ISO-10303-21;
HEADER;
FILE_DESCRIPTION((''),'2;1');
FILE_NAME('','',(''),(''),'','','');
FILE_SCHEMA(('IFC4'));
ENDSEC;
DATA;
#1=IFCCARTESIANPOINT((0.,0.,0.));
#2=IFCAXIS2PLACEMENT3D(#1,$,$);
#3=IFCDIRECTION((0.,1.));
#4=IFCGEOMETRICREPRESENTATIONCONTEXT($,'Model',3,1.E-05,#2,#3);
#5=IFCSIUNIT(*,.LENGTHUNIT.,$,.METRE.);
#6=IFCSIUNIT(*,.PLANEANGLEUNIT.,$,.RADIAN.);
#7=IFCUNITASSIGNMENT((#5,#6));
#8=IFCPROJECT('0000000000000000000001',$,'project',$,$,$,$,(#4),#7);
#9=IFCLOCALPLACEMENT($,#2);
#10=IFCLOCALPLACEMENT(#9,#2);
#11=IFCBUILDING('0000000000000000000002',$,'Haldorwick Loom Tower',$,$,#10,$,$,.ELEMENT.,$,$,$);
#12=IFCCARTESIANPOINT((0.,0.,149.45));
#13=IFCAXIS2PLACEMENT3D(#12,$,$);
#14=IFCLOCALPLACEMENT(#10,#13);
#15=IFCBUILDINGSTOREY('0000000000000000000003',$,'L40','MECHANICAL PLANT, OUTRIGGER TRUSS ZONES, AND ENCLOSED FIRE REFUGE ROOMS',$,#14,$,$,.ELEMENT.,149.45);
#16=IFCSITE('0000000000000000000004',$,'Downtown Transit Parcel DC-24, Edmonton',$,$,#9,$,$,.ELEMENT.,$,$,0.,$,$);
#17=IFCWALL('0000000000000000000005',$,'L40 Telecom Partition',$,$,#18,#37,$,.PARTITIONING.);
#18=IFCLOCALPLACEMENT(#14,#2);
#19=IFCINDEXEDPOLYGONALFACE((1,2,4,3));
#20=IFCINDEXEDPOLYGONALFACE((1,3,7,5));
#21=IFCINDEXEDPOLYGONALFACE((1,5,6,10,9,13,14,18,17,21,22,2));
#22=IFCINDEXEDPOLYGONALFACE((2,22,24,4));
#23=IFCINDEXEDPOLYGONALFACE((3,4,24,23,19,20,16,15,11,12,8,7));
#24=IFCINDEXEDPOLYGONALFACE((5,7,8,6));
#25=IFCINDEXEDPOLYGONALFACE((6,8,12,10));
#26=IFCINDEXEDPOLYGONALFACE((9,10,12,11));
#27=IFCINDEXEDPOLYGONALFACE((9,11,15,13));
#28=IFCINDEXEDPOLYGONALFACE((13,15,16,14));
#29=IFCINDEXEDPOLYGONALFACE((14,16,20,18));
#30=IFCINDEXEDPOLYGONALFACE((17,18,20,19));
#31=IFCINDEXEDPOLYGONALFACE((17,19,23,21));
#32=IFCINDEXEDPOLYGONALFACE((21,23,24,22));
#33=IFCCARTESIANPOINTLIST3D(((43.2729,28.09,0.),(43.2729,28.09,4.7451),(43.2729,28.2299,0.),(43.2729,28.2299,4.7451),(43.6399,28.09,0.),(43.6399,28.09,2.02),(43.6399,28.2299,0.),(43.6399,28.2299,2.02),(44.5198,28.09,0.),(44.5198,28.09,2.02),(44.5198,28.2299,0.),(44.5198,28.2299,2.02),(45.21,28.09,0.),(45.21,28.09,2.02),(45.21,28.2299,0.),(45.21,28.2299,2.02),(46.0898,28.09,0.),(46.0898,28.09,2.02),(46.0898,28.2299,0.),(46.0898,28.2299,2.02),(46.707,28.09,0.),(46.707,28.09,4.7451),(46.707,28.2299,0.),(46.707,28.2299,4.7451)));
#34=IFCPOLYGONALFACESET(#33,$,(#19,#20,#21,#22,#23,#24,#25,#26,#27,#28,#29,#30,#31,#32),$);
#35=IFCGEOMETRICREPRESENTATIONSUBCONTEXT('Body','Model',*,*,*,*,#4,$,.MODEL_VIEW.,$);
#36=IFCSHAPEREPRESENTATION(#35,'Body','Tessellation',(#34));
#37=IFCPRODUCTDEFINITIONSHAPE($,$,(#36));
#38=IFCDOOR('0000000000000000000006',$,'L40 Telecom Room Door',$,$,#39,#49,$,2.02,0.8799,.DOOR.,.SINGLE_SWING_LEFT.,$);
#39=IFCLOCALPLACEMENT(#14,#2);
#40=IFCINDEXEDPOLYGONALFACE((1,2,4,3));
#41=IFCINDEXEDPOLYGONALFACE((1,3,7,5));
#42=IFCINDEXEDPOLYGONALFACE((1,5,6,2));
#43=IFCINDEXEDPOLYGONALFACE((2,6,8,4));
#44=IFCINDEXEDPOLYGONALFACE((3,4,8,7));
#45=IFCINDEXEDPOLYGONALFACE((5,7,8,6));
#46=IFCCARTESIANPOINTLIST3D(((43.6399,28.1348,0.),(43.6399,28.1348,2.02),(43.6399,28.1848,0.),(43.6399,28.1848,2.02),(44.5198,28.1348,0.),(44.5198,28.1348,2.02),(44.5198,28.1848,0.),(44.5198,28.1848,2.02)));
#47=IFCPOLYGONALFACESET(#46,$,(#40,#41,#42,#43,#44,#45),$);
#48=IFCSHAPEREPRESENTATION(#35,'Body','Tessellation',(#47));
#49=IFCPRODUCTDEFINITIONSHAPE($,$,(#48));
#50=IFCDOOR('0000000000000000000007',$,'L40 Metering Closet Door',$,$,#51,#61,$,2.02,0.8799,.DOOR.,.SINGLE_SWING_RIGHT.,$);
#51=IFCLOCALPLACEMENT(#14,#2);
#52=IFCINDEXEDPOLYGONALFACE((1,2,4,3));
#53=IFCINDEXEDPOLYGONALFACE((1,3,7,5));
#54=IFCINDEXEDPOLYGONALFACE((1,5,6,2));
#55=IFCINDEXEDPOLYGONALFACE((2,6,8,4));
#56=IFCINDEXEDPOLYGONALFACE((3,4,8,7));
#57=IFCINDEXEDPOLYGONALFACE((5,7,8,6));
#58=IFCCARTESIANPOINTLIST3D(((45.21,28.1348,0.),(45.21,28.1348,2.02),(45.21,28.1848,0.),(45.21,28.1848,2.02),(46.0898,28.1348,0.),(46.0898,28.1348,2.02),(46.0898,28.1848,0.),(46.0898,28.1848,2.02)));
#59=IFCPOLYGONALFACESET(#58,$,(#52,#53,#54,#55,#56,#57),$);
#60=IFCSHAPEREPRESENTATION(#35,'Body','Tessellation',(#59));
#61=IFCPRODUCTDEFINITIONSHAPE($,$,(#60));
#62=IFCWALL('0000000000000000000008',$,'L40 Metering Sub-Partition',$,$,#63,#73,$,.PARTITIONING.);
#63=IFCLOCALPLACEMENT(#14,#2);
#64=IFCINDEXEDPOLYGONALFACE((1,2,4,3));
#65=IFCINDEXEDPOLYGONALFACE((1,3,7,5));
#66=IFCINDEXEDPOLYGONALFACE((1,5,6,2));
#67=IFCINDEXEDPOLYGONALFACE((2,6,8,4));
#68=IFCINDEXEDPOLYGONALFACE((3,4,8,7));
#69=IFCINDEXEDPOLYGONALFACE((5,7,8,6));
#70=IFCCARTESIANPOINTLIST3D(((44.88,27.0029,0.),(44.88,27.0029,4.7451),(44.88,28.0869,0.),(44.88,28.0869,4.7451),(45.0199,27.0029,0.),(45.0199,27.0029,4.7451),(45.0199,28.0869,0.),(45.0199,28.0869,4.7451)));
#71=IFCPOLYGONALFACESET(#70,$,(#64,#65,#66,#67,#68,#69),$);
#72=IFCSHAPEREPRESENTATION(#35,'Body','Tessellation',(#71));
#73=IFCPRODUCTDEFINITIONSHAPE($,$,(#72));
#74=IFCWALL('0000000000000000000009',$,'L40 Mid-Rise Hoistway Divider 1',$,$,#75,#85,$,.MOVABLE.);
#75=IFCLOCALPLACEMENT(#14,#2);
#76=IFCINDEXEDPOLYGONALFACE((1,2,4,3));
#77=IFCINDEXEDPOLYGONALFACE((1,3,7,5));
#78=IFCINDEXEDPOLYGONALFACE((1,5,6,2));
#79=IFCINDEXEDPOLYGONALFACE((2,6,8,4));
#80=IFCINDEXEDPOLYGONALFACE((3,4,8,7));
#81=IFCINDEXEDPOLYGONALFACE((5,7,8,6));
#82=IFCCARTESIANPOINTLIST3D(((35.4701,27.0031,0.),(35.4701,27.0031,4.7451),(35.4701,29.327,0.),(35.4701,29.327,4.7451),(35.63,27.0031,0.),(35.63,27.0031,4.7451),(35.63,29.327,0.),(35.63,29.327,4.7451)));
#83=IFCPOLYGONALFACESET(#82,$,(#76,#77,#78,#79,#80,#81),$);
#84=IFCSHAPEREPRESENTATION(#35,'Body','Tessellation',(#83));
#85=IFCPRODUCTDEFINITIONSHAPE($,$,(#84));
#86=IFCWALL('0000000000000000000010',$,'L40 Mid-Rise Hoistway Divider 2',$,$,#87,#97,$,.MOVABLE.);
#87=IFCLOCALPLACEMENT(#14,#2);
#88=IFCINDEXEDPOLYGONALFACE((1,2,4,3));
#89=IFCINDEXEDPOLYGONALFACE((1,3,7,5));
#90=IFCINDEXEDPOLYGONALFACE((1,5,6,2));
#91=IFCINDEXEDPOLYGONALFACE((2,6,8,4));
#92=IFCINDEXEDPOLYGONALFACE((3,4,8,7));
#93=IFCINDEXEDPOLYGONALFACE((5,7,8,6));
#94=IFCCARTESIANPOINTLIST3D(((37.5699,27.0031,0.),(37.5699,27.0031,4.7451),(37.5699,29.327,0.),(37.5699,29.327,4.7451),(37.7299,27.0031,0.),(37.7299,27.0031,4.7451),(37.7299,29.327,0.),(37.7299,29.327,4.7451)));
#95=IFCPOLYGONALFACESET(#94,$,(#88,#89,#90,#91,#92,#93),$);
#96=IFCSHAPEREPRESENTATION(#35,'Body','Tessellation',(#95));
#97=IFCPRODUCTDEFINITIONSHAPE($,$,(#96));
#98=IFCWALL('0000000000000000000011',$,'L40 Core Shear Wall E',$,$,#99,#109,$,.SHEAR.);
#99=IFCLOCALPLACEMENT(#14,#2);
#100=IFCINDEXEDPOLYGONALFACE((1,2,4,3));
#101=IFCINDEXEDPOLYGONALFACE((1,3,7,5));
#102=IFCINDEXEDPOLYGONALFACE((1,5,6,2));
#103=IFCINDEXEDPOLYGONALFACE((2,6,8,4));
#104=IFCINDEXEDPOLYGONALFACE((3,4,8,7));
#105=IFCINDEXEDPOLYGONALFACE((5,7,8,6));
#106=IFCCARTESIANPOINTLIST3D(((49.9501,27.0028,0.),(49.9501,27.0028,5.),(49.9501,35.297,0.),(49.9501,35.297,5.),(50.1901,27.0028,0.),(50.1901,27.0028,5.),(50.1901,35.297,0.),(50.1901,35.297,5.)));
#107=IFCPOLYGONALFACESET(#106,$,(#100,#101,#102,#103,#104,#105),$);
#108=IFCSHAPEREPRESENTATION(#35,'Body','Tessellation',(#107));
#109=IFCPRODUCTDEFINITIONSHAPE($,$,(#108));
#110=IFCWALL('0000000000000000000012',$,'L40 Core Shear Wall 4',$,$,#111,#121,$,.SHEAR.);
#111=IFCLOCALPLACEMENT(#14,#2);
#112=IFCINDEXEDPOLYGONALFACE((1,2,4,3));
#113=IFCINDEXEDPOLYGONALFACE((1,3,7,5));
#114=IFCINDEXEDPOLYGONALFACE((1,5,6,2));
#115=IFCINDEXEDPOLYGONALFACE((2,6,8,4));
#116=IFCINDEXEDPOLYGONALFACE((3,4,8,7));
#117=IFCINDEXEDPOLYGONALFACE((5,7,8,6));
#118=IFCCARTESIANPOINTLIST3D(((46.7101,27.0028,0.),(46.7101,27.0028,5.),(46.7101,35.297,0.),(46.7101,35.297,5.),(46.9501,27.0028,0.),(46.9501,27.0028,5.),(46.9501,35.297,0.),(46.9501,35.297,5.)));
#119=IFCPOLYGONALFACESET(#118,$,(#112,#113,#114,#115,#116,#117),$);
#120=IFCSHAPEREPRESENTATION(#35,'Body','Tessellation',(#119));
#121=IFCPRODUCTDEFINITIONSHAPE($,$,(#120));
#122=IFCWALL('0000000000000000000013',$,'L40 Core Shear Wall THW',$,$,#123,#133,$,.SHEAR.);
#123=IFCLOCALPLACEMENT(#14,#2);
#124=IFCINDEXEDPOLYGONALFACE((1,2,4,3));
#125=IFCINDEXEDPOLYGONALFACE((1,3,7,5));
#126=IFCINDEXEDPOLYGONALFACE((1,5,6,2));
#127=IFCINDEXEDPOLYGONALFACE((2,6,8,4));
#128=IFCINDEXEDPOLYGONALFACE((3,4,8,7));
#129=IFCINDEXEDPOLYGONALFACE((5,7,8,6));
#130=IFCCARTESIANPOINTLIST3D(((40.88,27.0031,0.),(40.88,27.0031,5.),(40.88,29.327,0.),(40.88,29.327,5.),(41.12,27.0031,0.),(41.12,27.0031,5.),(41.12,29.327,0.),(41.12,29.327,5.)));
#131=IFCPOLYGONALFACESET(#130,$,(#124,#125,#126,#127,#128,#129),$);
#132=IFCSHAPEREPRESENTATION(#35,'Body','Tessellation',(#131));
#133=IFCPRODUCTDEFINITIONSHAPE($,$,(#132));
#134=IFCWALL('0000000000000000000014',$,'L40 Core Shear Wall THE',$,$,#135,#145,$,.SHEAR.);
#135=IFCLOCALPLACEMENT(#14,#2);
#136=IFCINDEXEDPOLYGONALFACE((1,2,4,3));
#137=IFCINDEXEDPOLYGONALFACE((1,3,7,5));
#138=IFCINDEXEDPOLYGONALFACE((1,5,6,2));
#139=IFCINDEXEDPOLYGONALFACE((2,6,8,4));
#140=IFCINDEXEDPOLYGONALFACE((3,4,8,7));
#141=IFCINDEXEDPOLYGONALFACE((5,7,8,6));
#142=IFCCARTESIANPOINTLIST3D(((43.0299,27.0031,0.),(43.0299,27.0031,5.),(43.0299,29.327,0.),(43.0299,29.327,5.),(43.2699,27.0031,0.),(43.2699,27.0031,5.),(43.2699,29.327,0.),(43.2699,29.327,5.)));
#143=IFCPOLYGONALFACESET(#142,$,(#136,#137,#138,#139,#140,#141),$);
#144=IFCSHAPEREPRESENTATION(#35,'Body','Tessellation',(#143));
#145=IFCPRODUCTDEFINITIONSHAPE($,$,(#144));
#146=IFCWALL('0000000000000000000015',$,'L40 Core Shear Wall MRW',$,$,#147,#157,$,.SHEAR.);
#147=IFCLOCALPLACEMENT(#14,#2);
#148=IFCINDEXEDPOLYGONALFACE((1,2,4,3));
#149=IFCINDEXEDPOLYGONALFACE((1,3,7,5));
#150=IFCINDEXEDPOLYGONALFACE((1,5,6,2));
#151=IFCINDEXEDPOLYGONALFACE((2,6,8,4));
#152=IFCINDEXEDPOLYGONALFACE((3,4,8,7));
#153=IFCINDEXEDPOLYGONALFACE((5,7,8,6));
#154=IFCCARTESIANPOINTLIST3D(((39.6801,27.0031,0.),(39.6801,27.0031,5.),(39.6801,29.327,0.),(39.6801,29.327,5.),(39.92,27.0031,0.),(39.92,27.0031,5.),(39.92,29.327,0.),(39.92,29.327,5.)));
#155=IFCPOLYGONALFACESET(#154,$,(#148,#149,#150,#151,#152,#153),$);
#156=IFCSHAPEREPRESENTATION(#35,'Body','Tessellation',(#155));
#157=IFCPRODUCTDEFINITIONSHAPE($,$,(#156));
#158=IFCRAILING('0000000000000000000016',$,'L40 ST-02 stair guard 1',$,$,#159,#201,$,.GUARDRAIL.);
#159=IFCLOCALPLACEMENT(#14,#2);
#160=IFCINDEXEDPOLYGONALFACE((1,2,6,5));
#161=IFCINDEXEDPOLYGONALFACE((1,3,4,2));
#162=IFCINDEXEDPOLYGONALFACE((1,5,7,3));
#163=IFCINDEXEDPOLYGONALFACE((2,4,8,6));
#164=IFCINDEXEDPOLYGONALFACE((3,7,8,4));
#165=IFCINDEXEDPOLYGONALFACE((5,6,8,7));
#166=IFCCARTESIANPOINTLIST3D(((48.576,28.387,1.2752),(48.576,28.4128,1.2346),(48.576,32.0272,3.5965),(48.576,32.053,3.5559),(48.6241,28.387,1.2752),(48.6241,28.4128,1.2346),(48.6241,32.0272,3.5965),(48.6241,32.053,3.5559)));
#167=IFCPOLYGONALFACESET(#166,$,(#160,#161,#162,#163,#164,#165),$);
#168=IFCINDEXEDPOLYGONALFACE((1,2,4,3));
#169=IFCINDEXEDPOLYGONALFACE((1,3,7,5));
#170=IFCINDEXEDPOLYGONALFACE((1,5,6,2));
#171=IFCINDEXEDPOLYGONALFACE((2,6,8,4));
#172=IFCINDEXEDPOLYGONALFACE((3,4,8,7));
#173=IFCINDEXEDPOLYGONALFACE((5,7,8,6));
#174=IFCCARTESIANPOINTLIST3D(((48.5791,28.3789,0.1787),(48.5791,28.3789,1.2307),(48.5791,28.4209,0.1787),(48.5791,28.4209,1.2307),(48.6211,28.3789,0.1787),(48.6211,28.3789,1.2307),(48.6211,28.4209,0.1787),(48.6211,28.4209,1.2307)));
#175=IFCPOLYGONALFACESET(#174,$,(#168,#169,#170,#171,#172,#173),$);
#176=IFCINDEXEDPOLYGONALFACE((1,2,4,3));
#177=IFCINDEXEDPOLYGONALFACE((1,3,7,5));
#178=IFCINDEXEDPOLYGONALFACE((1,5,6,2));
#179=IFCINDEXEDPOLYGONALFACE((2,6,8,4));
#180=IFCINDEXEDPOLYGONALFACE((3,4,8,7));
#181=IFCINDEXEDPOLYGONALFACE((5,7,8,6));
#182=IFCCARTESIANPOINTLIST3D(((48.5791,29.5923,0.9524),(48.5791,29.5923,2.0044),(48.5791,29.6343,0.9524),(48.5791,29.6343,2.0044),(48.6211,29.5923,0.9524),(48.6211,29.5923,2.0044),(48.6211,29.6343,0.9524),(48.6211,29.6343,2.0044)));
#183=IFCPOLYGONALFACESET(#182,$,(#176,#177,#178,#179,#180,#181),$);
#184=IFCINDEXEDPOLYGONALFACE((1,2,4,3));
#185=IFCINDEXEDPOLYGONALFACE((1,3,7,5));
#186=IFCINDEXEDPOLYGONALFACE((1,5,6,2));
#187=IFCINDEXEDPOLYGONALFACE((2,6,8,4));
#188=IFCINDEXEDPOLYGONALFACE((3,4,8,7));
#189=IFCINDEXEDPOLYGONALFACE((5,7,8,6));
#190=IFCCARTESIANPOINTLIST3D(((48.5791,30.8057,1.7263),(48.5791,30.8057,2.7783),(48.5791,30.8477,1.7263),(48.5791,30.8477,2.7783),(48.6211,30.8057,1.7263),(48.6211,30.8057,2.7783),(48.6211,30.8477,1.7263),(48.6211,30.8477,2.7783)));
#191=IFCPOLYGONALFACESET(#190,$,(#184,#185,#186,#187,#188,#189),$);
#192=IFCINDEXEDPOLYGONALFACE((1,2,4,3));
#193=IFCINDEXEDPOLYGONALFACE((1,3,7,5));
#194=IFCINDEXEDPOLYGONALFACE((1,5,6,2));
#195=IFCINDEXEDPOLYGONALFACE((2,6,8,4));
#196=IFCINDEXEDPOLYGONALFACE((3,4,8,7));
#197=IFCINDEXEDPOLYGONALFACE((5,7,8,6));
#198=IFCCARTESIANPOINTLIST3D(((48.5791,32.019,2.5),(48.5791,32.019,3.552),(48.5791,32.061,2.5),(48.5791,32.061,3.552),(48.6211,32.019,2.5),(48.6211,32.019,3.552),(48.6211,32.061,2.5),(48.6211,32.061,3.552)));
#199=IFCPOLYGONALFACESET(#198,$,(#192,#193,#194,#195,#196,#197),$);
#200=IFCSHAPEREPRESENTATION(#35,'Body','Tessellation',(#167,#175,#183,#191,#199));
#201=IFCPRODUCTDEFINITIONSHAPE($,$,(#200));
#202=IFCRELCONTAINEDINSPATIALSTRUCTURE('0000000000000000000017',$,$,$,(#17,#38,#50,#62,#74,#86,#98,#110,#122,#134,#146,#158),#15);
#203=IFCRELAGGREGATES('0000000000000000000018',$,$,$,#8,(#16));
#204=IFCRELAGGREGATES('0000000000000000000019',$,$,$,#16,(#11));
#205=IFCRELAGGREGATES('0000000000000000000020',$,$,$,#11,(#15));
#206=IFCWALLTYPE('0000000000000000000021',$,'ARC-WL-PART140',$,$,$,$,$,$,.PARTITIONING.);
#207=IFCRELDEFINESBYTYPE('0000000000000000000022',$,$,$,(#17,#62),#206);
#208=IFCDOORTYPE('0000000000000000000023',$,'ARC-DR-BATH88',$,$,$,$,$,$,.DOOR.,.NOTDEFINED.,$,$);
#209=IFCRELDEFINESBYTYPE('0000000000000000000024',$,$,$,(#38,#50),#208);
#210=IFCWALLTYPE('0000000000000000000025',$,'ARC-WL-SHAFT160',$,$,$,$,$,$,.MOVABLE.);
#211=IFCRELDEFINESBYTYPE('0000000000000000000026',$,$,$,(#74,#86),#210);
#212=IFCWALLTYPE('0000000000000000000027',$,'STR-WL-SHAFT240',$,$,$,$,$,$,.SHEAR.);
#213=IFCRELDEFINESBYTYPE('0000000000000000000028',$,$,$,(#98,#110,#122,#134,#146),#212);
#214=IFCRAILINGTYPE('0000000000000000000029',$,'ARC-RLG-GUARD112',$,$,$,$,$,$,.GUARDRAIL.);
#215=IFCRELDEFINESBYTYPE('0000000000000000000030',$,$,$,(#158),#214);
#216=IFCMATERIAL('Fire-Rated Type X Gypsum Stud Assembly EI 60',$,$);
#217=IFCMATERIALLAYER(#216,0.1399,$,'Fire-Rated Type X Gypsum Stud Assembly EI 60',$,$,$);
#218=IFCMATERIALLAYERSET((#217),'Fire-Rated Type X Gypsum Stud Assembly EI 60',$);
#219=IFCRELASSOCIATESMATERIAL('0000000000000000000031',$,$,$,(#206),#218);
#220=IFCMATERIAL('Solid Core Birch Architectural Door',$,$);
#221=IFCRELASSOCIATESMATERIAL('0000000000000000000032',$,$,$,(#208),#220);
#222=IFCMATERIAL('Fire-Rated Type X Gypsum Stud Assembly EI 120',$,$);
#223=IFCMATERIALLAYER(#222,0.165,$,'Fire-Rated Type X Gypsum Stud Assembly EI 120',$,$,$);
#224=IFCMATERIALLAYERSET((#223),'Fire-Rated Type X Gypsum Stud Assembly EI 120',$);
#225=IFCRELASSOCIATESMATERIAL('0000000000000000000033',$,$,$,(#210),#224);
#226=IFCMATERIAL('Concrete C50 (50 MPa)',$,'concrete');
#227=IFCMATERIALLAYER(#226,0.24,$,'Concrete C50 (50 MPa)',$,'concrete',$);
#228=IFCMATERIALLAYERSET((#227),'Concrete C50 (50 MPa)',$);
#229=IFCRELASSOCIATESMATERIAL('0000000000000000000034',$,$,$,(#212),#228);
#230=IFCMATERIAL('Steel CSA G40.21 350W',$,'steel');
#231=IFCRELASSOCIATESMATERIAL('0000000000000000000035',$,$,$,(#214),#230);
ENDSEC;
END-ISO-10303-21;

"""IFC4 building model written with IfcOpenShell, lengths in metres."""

from ifc_helpers import new_model, si_unit, direction, frame, frame_2d, origin, origin_2d, place, context, subcontext, project, spatial, rectangle, extrude, material, layer, layer_set, type_object, element, fill, save


model = new_model("IFC4")

# Units and contexts
model_context = context("Model", 3, precision=1e-05, world=origin(), true_north=direction((0.0, 1.0)))
body_context = subcontext(model_context, "Body", "Model", "MODEL_VIEW")
ifc_project = project(units=[si_unit("LENGTHUNIT", "METRE"), si_unit("PLANEANGLEUNIT", "RADIAN")], contexts=[model_context])

# Site, building, storey
site_placement = place(None, origin())
site = spatial("IfcSite", under=ifc_project, at=site_placement, Name="Downtown Transit Parcel DC-24, Edmonton", CompositionType="ELEMENT", RefElevation=0.0)
building_placement = place(site_placement, origin())
building = spatial("IfcBuilding", under=site, at=building_placement, Name="Haldorwick Loom Tower", CompositionType="ELEMENT")
storey_placement = place(building_placement, frame((0.0, 0.0, 149.45)))
storey = spatial("IfcBuildingStorey", under=building, at=storey_placement, Name="L40", Description="MECHANICAL PLANT, OUTRIGGER TRUSS ZONES, AND ENCLOSED FIRE REFUGE ROOMS", CompositionType="ELEMENT", Elevation=149.45)

# Shared definitions
ifc_material_1 = material(Name="Steel CSA G40.21 350W", Category="steel")

# Shared definitions
ifc_material_2 = material(Name="Fire-Rated Type X Gypsum Stud Assembly EI 120")

# Wall, openings, doors
ifc_material_3 = material(Name="Fire-Rated Type X Gypsum Stud Assembly EI 60")
ifc_layer_1 = layer(ifc_material_3, 0.1399, Name="Fire-Rated Type X Gypsum Stud Assembly EI 60")
ifc_layer_set_1 = layer_set([ifc_layer_1], Name="Fire-Rated Type X Gypsum Stud Assembly EI 60")
wall_type_1 = type_object("IfcWallType", Name="ARC-WL-PART140", PredefinedType="PARTITIONING", material=ifc_layer_set_1)
wall_1_placement = place(storey_placement, frame((43.2729, 28.1599, 0.0), z_axis=(0.0, 0.0, 1.0), x_axis=(1.0, 0.0, 0.0)))
wall_1 = element("IfcWall", 1, at=wall_1_placement, inside=storey, type_object=wall_type_1, Name="L40 Telecom Partition", PredefinedType="PARTITIONING", context=body_context, shape_type="SweptSolid", body=[
    extrude(rectangle(XDim=3.4341, YDim=0.1399, at=frame_2d((1.717, 0.0))), origin(), (0.0, 0.0, 1.0), 4.7451),
])
opening_1_placement = place(wall_1_placement, frame((0.3669, 0.0, 0.0)))
opening_1 = element("IfcOpeningElement", 2, at=opening_1_placement, cuts=wall_1, PredefinedType="OPENING", context=body_context, shape_type="SweptSolid", body=[
    extrude(rectangle(XDim=0.8799, YDim=2.02, at=frame_2d((0.4399, 1.01))), frame((0.0, 0.0798, 0.0), z_axis=(0.0, -1.0, 0.0), x_axis=(1.0, 0.0, 0.0)), (0.0, 0.0, 1.0), 0.1599),
])
opening_2_placement = place(wall_1_placement, frame((1.937, 0.0, 0.0)))
opening_2 = element("IfcOpeningElement", 3, at=opening_2_placement, cuts=wall_1, PredefinedType="OPENING", context=body_context, shape_type="SweptSolid", body=[
    extrude(rectangle(XDim=0.8799, YDim=2.02, at=frame_2d((0.4399, 1.01))), frame((0.0, 0.0798, 0.0), z_axis=(0.0, -1.0, 0.0), x_axis=(1.0, 0.0, 0.0)), (0.0, 0.0, 1.0), 0.1599),
])
ifc_material_4 = material(Name="Solid Core Birch Architectural Door")
door_type_1 = type_object("IfcDoorType", Name="ARC-DR-BATH88", OperationType="NOTDEFINED", PredefinedType="DOOR", material=ifc_material_4)
door_1_placement = place(opening_1_placement, origin())
door_1 = element("IfcDoor", 4, at=door_1_placement, inside=storey, type_object=door_type_1, Name="L40 Telecom Room Door", OperationType="SINGLE_SWING_LEFT", OverallHeight=2.02, OverallWidth=0.8799, PredefinedType="DOOR", context=body_context, shape_type="SweptSolid", body=[
    extrude(rectangle(XDim=0.8799, YDim=2.02, at=frame_2d((0.4399, 1.01))), frame((0.0, 0.0249, 0.0), z_axis=(0.0, -1.0, 0.0), x_axis=(1.0, 0.0, 0.0)), (0.0, 0.0, 1.0), 0.05),
])
fill(opening_1, door_1)
door_2_placement = place(opening_2_placement, origin())
door_2 = element("IfcDoor", 5, at=door_2_placement, inside=storey, type_object=door_type_1, Name="L40 Metering Closet Door", OperationType="SINGLE_SWING_RIGHT", OverallHeight=2.02, OverallWidth=0.8799, PredefinedType="DOOR", context=body_context, shape_type="SweptSolid", body=[
    extrude(rectangle(XDim=0.8799, YDim=2.02, at=frame_2d((0.4399, 1.01))), frame((0.0, 0.0249, 0.0), z_axis=(0.0, -1.0, 0.0), x_axis=(1.0, 0.0, 0.0)), (0.0, 0.0, 1.0), 0.05),
])
fill(opening_2, door_2)

# Walls
wall_2_placement = place(storey_placement, frame((44.95, 27.0029, 0.0), z_axis=(0.0, 0.0, 1.0), x_axis=(0.0, 1.0, 0.0)))
element("IfcWall", 6, at=wall_2_placement, inside=storey, type_object=wall_type_1, Name="L40 Metering Sub-Partition", PredefinedType="PARTITIONING", context=body_context, shape_type="SweptSolid", body=[
    extrude(rectangle(XDim=1.084, YDim=0.1399, at=frame_2d((0.542, 0.0))), origin(), (0.0, 0.0, 1.0), 4.7451),
])
ifc_layer_2 = layer(ifc_material_2, 0.165, Name="Fire-Rated Type X Gypsum Stud Assembly EI 120")
ifc_layer_set_2 = layer_set([ifc_layer_2], Name="Fire-Rated Type X Gypsum Stud Assembly EI 120")
wall_type_2 = type_object("IfcWallType", Name="ARC-WL-SHAFT160", PredefinedType="MOVABLE", material=ifc_layer_set_2)
for number, where, z_axis, x_axis, name in (
    (7, (35.55, 27.0029, 0.0), (0.0, 0.0, 1.0), (0.0, 1.0, 0.0), "L40 Mid-Rise Hoistway Divider 1"),
    (8, (37.6499, 27.0029, 0.0), (0.0, 0.0, 1.0), (0.0, 1.0, 0.0), "L40 Mid-Rise Hoistway Divider 2"),
):
    element("IfcWall", number, at=place(storey_placement, frame(where, z_axis=z_axis, x_axis=x_axis)), inside=storey, type_object=wall_type_2, Name=name, PredefinedType="MOVABLE", context=body_context, shape_type="SweptSolid", body=[
        extrude(rectangle(XDim=2.324, YDim=0.1599, at=frame_2d((1.1621, 0.0))), origin(), (0.0, 0.0, 1.0), 4.7451),
    ])
ifc_material_5 = material(Name="Concrete C50 (50 MPa)", Category="concrete")
ifc_layer_3 = layer(ifc_material_5, 0.24, Name="Concrete C50 (50 MPa)", Category="concrete")
ifc_layer_set_3 = layer_set([ifc_layer_3], Name="Concrete C50 (50 MPa)")
wall_type_3 = type_object("IfcWallType", Name="STR-WL-SHAFT240", PredefinedType="SHEAR", material=ifc_layer_set_3)
for number, where, z_axis, x_axis, name in (
    (9, (50.0701, 27.0029, 0.0), (0.0, 0.0, 1.0), (0.0, 1.0, 0.0), "L40 Core Shear Wall E"),
    (10, (46.8301, 27.0029, 0.0), (0.0, 0.0, 1.0), (0.0, 1.0, 0.0), "L40 Core Shear Wall 4"),
):
    element("IfcWall", number, at=place(storey_placement, frame(where, z_axis=z_axis, x_axis=x_axis)), inside=storey, type_object=wall_type_3, Name=name, PredefinedType="SHEAR", context=body_context, shape_type="SweptSolid", body=[
        extrude(rectangle(XDim=8.2942, YDim=0.24, at=frame_2d((4.147, 0.0))), origin(), (0.0, 0.0, 1.0), 5.0),
    ])
for number, where, z_axis, x_axis, name in (
    (11, (41.0, 27.0029, 0.0), (0.0, 0.0, 1.0), (0.0, 1.0, 0.0), "L40 Core Shear Wall THW"),
    (12, (43.1499, 27.0029, 0.0), (0.0, 0.0, 1.0), (0.0, 1.0, 0.0), "L40 Core Shear Wall THE"),
    (13, (39.8, 27.0029, 0.0), (0.0, 0.0, 1.0), (0.0, 1.0, 0.0), "L40 Core Shear Wall MRW"),
):
    element("IfcWall", number, at=place(storey_placement, frame(where, z_axis=z_axis, x_axis=x_axis)), inside=storey, type_object=wall_type_3, Name=name, PredefinedType="SHEAR", context=body_context, shape_type="SweptSolid", body=[
        extrude(rectangle(XDim=2.324, YDim=0.24, at=frame_2d((1.1621, 0.0))), origin(), (0.0, 0.0, 1.0), 5.0),
    ])

# Railing
railing_type = type_object("IfcRailingType", Name="ARC-RLG-GUARD112", PredefinedType="GUARDRAIL", material=ifc_material_1)
railing_1_placement = place(storey_placement, frame((48.6001, 28.3999, 0.1787)))
element("IfcRailing", 14, at=railing_1_placement, inside=storey, type_object=railing_type, Name="L40 ST-02 stair guard 1", PredefinedType="GUARDRAIL", context=body_context, shape_type="SweptSolid", body=[
    extrude(rectangle(XDim=0.0481, YDim=0.0481, at=origin_2d()), frame((0.0, 0.0, 1.0762), z_axis=(0.0, 0.843153, 0.537673), x_axis=(-1.0, 0.0, 0.0)), (0.0, 0.0, 1.0), 4.3174),
    extrude(rectangle(XDim=0.042, YDim=0.042, at=origin_2d()), origin(), (0.0, 0.0, 1.0), 1.052),
    extrude(rectangle(XDim=0.042, YDim=0.042, at=origin_2d()), frame((0.0, 1.2134, 0.7737)), (0.0, 0.0, 1.0), 1.052),
    extrude(rectangle(XDim=0.042, YDim=0.042, at=origin_2d()), frame((0.0, 2.4268, 1.5476)), (0.0, 0.0, 1.0), 1.052),
    extrude(rectangle(XDim=0.042, YDim=0.042, at=origin_2d()), frame((0.0, 3.6401, 2.3213)), (0.0, 0.0, 1.0), 1.052),
])

save(model, "model.ifc")
